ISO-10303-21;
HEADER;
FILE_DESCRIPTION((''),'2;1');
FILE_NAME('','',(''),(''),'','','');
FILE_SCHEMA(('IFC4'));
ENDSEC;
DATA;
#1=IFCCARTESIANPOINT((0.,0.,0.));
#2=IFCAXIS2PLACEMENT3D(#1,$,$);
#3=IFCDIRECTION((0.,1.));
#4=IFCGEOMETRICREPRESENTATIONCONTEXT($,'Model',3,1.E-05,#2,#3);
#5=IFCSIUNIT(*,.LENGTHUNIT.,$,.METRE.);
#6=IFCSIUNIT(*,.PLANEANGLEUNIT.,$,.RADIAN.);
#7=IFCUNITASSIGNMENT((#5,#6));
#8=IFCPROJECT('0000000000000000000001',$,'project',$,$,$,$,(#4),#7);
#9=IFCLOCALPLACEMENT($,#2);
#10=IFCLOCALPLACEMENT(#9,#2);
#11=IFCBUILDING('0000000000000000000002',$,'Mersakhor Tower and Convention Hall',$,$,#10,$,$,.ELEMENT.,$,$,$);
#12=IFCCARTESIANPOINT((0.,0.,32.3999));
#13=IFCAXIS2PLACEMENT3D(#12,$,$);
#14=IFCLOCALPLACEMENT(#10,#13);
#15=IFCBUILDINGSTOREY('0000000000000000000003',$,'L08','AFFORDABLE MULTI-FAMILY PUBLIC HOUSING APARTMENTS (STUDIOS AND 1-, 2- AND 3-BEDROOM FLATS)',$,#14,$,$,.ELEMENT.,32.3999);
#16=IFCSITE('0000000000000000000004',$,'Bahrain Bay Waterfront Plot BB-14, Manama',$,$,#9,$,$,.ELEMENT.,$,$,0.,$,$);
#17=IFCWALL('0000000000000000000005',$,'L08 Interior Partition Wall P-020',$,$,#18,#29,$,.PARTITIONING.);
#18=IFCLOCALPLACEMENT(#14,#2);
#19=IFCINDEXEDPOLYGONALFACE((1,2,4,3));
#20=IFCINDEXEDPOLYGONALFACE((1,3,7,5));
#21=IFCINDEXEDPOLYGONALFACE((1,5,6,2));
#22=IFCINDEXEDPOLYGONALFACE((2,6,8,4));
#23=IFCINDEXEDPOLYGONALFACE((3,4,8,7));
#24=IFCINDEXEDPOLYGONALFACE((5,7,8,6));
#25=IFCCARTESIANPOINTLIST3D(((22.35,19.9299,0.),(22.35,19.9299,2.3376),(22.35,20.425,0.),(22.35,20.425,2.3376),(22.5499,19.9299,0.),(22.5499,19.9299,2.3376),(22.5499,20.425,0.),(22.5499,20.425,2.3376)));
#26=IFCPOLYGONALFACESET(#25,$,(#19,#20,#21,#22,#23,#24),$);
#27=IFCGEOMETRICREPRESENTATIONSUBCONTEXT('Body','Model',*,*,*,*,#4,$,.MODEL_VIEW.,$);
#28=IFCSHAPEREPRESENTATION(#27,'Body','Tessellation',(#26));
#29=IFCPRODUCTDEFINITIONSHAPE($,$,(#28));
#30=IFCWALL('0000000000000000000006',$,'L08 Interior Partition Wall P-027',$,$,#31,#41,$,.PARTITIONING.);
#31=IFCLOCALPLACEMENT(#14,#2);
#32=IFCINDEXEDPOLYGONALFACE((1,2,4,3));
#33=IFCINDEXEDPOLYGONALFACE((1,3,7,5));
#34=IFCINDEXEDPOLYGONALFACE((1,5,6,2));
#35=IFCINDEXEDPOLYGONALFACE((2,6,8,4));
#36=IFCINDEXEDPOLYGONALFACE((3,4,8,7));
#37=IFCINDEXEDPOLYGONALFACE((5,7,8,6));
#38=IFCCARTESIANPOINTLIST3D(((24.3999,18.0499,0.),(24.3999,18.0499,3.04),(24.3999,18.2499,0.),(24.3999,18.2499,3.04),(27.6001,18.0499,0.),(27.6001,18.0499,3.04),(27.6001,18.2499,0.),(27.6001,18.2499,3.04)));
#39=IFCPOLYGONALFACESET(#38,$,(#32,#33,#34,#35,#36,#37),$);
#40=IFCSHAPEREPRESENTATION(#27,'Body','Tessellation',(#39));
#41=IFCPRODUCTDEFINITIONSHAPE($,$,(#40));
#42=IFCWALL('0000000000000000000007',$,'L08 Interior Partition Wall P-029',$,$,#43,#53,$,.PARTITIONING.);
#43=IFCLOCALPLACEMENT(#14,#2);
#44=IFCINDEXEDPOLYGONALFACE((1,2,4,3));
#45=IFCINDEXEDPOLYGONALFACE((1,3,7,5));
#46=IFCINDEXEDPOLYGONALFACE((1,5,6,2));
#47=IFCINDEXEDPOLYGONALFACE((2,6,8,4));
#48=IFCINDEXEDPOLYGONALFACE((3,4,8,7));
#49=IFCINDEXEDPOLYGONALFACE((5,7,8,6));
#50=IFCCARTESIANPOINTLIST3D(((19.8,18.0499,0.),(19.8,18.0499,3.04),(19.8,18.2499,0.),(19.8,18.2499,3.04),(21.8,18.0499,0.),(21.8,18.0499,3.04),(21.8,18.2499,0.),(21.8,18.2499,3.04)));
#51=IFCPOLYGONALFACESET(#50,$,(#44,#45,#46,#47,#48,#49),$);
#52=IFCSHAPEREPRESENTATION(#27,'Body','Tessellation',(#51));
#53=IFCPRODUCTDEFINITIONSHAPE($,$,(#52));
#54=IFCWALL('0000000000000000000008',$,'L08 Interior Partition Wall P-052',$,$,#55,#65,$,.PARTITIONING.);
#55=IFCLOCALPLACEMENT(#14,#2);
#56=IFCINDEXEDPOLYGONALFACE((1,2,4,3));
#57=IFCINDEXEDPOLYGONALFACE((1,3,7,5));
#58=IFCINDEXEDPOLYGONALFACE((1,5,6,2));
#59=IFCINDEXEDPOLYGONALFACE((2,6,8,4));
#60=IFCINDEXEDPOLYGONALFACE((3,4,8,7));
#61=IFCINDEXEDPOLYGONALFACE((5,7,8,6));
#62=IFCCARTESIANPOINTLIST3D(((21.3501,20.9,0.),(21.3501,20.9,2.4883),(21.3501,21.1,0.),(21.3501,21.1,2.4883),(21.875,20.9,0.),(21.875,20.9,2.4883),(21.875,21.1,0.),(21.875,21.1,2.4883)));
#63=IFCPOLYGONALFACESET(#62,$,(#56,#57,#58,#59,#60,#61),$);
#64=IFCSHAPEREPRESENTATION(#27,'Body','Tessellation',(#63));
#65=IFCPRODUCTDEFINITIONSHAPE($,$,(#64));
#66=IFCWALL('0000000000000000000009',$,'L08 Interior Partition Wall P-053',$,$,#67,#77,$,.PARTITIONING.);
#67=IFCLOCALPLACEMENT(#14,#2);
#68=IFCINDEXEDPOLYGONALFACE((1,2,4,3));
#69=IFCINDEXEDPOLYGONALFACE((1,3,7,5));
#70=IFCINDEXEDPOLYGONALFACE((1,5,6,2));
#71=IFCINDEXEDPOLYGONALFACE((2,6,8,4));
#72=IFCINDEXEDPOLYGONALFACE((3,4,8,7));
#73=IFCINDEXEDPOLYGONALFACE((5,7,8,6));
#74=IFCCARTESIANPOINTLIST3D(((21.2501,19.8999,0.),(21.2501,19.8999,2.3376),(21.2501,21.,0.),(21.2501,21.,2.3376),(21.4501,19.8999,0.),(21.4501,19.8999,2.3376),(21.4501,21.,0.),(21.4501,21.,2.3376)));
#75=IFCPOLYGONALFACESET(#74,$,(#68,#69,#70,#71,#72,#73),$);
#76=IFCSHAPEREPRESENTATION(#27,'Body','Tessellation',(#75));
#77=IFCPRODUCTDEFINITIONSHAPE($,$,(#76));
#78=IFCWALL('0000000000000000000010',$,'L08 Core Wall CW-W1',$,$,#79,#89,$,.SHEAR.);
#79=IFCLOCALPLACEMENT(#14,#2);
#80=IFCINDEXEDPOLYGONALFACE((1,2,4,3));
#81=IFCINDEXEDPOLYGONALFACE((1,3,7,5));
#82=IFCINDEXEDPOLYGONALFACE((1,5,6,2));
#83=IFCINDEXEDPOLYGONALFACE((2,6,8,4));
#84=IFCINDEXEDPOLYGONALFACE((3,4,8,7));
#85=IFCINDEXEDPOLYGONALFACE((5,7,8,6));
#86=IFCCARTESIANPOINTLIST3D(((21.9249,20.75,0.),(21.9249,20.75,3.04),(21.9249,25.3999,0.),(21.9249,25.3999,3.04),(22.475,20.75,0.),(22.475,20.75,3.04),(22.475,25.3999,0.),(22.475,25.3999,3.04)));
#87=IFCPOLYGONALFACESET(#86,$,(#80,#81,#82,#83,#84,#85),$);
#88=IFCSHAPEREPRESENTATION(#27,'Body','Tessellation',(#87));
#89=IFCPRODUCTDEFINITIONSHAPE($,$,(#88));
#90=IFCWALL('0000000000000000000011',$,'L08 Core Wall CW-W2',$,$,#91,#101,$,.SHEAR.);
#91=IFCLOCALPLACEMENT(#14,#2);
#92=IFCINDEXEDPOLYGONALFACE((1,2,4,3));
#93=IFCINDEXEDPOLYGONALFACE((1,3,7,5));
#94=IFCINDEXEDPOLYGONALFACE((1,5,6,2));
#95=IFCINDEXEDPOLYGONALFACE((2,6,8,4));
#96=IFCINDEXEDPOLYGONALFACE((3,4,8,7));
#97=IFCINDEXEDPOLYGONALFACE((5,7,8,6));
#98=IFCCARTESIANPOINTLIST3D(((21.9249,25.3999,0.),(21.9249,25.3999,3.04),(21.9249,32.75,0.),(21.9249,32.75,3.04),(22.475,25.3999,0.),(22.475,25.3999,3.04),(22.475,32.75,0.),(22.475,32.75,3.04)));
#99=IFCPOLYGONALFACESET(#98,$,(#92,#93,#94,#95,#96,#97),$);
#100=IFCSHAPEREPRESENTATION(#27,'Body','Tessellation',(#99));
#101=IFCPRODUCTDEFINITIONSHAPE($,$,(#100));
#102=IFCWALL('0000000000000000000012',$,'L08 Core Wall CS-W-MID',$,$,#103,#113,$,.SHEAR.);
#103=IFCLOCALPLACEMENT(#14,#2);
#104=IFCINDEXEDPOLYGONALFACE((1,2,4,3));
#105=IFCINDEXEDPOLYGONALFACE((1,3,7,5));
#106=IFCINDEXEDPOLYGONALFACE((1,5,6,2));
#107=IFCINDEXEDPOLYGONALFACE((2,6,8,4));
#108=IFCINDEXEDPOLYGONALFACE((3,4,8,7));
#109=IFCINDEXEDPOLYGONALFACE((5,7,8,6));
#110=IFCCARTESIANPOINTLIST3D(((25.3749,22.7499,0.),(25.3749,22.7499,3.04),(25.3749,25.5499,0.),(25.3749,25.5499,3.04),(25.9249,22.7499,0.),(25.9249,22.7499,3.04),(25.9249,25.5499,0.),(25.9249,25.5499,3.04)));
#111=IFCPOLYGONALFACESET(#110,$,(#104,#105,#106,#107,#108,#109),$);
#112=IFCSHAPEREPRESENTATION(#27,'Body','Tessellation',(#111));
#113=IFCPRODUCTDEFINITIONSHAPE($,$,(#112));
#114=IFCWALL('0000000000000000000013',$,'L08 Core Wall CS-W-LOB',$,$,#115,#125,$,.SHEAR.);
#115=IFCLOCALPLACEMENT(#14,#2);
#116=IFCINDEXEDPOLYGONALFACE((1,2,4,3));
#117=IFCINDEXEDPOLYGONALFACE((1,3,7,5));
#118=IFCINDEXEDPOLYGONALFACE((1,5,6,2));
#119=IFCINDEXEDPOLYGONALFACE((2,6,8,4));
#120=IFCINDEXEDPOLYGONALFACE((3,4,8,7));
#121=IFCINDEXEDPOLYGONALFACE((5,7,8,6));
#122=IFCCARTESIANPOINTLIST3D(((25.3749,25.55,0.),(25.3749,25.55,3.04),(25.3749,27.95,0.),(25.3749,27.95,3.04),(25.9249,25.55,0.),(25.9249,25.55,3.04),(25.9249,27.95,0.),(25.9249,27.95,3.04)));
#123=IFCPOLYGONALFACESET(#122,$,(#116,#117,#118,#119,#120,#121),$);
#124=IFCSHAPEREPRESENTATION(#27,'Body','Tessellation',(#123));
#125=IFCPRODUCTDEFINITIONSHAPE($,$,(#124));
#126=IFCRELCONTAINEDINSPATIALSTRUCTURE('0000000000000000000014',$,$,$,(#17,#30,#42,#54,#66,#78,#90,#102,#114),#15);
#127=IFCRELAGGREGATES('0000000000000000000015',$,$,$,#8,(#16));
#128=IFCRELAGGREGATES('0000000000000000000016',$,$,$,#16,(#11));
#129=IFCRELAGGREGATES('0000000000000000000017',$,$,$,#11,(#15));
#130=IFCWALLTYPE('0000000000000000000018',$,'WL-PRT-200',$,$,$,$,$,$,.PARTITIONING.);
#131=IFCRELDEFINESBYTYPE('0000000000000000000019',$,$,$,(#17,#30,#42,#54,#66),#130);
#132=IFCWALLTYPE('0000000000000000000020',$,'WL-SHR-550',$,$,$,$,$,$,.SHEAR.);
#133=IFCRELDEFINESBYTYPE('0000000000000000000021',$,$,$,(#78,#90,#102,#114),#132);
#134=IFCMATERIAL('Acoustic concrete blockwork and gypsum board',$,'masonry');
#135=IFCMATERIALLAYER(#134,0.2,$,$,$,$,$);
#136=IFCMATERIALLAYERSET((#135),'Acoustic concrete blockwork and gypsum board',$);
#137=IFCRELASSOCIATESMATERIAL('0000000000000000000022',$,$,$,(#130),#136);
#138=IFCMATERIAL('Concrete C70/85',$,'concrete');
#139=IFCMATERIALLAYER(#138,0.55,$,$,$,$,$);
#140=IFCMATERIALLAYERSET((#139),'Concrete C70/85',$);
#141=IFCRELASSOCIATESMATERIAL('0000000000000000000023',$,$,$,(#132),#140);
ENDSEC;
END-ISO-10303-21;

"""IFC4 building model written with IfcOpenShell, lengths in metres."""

from ifc_helpers import new_model, si_unit, direction, frame, frame_2d, origin, place, context, subcontext, project, spatial, rectangle, extrude, material, layer, layer_set, type_object, element, save


model = new_model("IFC4")

# Units and contexts
model_context = context("Model", 3, precision=1e-05, world=origin(), true_north=direction((0.0, 1.0)))
body_context = subcontext(model_context, "Body", "Model", "MODEL_VIEW")
ifc_project = project(units=[si_unit("LENGTHUNIT", "METRE"), si_unit("PLANEANGLEUNIT", "RADIAN")], contexts=[model_context])

# Site, building, storey
site_placement = place(None, origin())
site = spatial("IfcSite", under=ifc_project, at=site_placement, Name="Bahrain Bay Waterfront Plot BB-14, Manama", CompositionType="ELEMENT", RefElevation=0.0)
building_placement = place(site_placement, origin())
building = spatial("IfcBuilding", under=site, at=building_placement, Name="Mersakhor Tower and Convention Hall", CompositionType="ELEMENT")
storey_placement = place(building_placement, frame((0.0, 0.0, 32.3999)))
storey = spatial("IfcBuildingStorey", under=building, at=storey_placement, Name="L08", Description="AFFORDABLE MULTI-FAMILY PUBLIC HOUSING APARTMENTS (STUDIOS AND 1-, 2- AND 3-BEDROOM FLATS)", CompositionType="ELEMENT", Elevation=32.3999)

# Walls
ifc_material_1 = material(Name="Acoustic concrete blockwork and gypsum board", Category="masonry")
ifc_layer_1 = layer(ifc_material_1, 0.2)
ifc_layer_set_1 = layer_set([ifc_layer_1], Name="Acoustic concrete blockwork and gypsum board")
wall_type_1 = type_object("IfcWallType", Name="WL-PRT-200", PredefinedType="PARTITIONING", material=ifc_layer_set_1)
wall_1_placement = place(storey_placement, frame((22.45, 19.9299, 0.0), z_axis=(0.0, 0.0, 1.0), x_axis=(0.0, 1.0, 0.0)))
element("IfcWall", 1, at=wall_1_placement, inside=storey, type_object=wall_type_1, Name="L08 Interior Partition Wall P-020", PredefinedType="PARTITIONING", context=body_context, shape_type="SweptSolid", body=[
    extrude(rectangle(XDim=0.4951, YDim=0.2, at=frame_2d((0.2476, 0.0))), origin(), (0.0, 0.0, 1.0), 2.3376),
])
wall_2_placement = place(storey_placement, frame((27.6001, 18.1499, 0.0), z_axis=(0.0, 0.0, 1.0), x_axis=(-1.0, 0.0, 0.0)))
element("IfcWall", 2, at=wall_2_placement, inside=storey, type_object=wall_type_1, Name="L08 Interior Partition Wall P-027", PredefinedType="PARTITIONING", context=body_context, shape_type="SweptSolid", body=[
    extrude(rectangle(XDim=3.2002, YDim=0.2, at=frame_2d((1.6001, 0.0))), origin(), (0.0, 0.0, 1.0), 3.04),
])

# Walls
wall_3_placement = place(storey_placement, frame((21.8, 18.1499, 0.0), z_axis=(0.0, 0.0, 1.0), x_axis=(-1.0, 0.0, 0.0)))
element("IfcWall", 3, at=wall_3_placement, inside=storey, type_object=wall_type_1, Name="L08 Interior Partition Wall P-029", PredefinedType="PARTITIONING", context=body_context, shape_type="SweptSolid", body=[
    extrude(rectangle(XDim=2.0, YDim=0.2, at=frame_2d((1.0, 0.0))), origin(), (0.0, 0.0, 1.0), 3.04),
])
wall_4_placement = place(storey_placement, frame((21.875, 21.0, 0.0), z_axis=(0.0, 0.0, 1.0), x_axis=(-1.0, 0.0, 0.0)))
element("IfcWall", 4, at=wall_4_placement, inside=storey, type_object=wall_type_1, Name="L08 Interior Partition Wall P-052", PredefinedType="PARTITIONING", context=body_context, shape_type="SweptSolid", body=[
    extrude(rectangle(XDim=0.5249, YDim=0.2, at=frame_2d((0.2625, 0.0))), origin(), (0.0, 0.0, 1.0), 2.4883),
])
wall_5_placement = place(storey_placement, frame((21.3501, 21.0, 0.0), z_axis=(0.0, 0.0, 1.0), x_axis=(0.0, -1.0, 0.0)))
element("IfcWall", 5, at=wall_5_placement, inside=storey, type_object=wall_type_1, Name="L08 Interior Partition Wall P-053", PredefinedType="PARTITIONING", context=body_context, shape_type="SweptSolid", body=[
    extrude(rectangle(XDim=1.1001, YDim=0.2, at=frame_2d((0.55, 0.0))), origin(), (0.0, 0.0, 1.0), 2.3376),
])

# Walls
ifc_material_2 = material(Name="Concrete C70/85", Category="concrete")
ifc_layer_2 = layer(ifc_material_2, 0.55)
ifc_layer_set_2 = layer_set([ifc_layer_2], Name="Concrete C70/85")
wall_type_2 = type_object("IfcWallType", Name="WL-SHR-550", PredefinedType="SHEAR", material=ifc_layer_set_2)
wall_6_placement = place(storey_placement, frame((22.2, 20.75, 0.0), z_axis=(0.0, 0.0, 1.0), x_axis=(0.0, 1.0, 0.0)))
element("IfcWall", 6, at=wall_6_placement, inside=storey, type_object=wall_type_2, Name="L08 Core Wall CW-W1", PredefinedType="SHEAR", context=body_context, shape_type="SweptSolid", body=[
    extrude(rectangle(XDim=4.6499, YDim=0.55, at=frame_2d((2.325, 0.0))), origin(), (0.0, 0.0, 1.0), 3.04),
])
wall_7_placement = place(storey_placement, frame((22.2, 25.3999, 0.0), z_axis=(0.0, 0.0, 1.0), x_axis=(0.0, 1.0, 0.0)))
element("IfcWall", 7, at=wall_7_placement, inside=storey, type_object=wall_type_2, Name="L08 Core Wall CW-W2", PredefinedType="SHEAR", context=body_context, shape_type="SweptSolid", body=[
    extrude(rectangle(XDim=7.3501, YDim=0.55, at=frame_2d((3.675, 0.0))), origin(), (0.0, 0.0, 1.0), 3.04),
])

# Walls
wall_8_placement = place(storey_placement, frame((25.6499, 22.75, 0.0), z_axis=(0.0, 0.0, 1.0), x_axis=(0.0, 1.0, 0.0)))
element("IfcWall", 8, at=wall_8_placement, inside=storey, type_object=wall_type_2, Name="L08 Core Wall CS-W-MID", PredefinedType="SHEAR", context=body_context, shape_type="SweptSolid", body=[
    extrude(rectangle(XDim=2.8, YDim=0.55, at=frame_2d((1.3999, 0.0))), origin(), (0.0, 0.0, 1.0), 3.04),
])
wall_9_placement = place(storey_placement, frame((25.6499, 25.55, 0.0), z_axis=(0.0, 0.0, 1.0), x_axis=(0.0, 1.0, 0.0)))
element("IfcWall", 9, at=wall_9_placement, inside=storey, type_object=wall_type_2, Name="L08 Core Wall CS-W-LOB", PredefinedType="SHEAR", context=body_context, shape_type="SweptSolid", body=[
    extrude(rectangle(XDim=2.3999, YDim=0.55, at=frame_2d((1.2, 0.0))), origin(), (0.0, 0.0, 1.0), 3.04),
])

save(model, "model.ifc")
